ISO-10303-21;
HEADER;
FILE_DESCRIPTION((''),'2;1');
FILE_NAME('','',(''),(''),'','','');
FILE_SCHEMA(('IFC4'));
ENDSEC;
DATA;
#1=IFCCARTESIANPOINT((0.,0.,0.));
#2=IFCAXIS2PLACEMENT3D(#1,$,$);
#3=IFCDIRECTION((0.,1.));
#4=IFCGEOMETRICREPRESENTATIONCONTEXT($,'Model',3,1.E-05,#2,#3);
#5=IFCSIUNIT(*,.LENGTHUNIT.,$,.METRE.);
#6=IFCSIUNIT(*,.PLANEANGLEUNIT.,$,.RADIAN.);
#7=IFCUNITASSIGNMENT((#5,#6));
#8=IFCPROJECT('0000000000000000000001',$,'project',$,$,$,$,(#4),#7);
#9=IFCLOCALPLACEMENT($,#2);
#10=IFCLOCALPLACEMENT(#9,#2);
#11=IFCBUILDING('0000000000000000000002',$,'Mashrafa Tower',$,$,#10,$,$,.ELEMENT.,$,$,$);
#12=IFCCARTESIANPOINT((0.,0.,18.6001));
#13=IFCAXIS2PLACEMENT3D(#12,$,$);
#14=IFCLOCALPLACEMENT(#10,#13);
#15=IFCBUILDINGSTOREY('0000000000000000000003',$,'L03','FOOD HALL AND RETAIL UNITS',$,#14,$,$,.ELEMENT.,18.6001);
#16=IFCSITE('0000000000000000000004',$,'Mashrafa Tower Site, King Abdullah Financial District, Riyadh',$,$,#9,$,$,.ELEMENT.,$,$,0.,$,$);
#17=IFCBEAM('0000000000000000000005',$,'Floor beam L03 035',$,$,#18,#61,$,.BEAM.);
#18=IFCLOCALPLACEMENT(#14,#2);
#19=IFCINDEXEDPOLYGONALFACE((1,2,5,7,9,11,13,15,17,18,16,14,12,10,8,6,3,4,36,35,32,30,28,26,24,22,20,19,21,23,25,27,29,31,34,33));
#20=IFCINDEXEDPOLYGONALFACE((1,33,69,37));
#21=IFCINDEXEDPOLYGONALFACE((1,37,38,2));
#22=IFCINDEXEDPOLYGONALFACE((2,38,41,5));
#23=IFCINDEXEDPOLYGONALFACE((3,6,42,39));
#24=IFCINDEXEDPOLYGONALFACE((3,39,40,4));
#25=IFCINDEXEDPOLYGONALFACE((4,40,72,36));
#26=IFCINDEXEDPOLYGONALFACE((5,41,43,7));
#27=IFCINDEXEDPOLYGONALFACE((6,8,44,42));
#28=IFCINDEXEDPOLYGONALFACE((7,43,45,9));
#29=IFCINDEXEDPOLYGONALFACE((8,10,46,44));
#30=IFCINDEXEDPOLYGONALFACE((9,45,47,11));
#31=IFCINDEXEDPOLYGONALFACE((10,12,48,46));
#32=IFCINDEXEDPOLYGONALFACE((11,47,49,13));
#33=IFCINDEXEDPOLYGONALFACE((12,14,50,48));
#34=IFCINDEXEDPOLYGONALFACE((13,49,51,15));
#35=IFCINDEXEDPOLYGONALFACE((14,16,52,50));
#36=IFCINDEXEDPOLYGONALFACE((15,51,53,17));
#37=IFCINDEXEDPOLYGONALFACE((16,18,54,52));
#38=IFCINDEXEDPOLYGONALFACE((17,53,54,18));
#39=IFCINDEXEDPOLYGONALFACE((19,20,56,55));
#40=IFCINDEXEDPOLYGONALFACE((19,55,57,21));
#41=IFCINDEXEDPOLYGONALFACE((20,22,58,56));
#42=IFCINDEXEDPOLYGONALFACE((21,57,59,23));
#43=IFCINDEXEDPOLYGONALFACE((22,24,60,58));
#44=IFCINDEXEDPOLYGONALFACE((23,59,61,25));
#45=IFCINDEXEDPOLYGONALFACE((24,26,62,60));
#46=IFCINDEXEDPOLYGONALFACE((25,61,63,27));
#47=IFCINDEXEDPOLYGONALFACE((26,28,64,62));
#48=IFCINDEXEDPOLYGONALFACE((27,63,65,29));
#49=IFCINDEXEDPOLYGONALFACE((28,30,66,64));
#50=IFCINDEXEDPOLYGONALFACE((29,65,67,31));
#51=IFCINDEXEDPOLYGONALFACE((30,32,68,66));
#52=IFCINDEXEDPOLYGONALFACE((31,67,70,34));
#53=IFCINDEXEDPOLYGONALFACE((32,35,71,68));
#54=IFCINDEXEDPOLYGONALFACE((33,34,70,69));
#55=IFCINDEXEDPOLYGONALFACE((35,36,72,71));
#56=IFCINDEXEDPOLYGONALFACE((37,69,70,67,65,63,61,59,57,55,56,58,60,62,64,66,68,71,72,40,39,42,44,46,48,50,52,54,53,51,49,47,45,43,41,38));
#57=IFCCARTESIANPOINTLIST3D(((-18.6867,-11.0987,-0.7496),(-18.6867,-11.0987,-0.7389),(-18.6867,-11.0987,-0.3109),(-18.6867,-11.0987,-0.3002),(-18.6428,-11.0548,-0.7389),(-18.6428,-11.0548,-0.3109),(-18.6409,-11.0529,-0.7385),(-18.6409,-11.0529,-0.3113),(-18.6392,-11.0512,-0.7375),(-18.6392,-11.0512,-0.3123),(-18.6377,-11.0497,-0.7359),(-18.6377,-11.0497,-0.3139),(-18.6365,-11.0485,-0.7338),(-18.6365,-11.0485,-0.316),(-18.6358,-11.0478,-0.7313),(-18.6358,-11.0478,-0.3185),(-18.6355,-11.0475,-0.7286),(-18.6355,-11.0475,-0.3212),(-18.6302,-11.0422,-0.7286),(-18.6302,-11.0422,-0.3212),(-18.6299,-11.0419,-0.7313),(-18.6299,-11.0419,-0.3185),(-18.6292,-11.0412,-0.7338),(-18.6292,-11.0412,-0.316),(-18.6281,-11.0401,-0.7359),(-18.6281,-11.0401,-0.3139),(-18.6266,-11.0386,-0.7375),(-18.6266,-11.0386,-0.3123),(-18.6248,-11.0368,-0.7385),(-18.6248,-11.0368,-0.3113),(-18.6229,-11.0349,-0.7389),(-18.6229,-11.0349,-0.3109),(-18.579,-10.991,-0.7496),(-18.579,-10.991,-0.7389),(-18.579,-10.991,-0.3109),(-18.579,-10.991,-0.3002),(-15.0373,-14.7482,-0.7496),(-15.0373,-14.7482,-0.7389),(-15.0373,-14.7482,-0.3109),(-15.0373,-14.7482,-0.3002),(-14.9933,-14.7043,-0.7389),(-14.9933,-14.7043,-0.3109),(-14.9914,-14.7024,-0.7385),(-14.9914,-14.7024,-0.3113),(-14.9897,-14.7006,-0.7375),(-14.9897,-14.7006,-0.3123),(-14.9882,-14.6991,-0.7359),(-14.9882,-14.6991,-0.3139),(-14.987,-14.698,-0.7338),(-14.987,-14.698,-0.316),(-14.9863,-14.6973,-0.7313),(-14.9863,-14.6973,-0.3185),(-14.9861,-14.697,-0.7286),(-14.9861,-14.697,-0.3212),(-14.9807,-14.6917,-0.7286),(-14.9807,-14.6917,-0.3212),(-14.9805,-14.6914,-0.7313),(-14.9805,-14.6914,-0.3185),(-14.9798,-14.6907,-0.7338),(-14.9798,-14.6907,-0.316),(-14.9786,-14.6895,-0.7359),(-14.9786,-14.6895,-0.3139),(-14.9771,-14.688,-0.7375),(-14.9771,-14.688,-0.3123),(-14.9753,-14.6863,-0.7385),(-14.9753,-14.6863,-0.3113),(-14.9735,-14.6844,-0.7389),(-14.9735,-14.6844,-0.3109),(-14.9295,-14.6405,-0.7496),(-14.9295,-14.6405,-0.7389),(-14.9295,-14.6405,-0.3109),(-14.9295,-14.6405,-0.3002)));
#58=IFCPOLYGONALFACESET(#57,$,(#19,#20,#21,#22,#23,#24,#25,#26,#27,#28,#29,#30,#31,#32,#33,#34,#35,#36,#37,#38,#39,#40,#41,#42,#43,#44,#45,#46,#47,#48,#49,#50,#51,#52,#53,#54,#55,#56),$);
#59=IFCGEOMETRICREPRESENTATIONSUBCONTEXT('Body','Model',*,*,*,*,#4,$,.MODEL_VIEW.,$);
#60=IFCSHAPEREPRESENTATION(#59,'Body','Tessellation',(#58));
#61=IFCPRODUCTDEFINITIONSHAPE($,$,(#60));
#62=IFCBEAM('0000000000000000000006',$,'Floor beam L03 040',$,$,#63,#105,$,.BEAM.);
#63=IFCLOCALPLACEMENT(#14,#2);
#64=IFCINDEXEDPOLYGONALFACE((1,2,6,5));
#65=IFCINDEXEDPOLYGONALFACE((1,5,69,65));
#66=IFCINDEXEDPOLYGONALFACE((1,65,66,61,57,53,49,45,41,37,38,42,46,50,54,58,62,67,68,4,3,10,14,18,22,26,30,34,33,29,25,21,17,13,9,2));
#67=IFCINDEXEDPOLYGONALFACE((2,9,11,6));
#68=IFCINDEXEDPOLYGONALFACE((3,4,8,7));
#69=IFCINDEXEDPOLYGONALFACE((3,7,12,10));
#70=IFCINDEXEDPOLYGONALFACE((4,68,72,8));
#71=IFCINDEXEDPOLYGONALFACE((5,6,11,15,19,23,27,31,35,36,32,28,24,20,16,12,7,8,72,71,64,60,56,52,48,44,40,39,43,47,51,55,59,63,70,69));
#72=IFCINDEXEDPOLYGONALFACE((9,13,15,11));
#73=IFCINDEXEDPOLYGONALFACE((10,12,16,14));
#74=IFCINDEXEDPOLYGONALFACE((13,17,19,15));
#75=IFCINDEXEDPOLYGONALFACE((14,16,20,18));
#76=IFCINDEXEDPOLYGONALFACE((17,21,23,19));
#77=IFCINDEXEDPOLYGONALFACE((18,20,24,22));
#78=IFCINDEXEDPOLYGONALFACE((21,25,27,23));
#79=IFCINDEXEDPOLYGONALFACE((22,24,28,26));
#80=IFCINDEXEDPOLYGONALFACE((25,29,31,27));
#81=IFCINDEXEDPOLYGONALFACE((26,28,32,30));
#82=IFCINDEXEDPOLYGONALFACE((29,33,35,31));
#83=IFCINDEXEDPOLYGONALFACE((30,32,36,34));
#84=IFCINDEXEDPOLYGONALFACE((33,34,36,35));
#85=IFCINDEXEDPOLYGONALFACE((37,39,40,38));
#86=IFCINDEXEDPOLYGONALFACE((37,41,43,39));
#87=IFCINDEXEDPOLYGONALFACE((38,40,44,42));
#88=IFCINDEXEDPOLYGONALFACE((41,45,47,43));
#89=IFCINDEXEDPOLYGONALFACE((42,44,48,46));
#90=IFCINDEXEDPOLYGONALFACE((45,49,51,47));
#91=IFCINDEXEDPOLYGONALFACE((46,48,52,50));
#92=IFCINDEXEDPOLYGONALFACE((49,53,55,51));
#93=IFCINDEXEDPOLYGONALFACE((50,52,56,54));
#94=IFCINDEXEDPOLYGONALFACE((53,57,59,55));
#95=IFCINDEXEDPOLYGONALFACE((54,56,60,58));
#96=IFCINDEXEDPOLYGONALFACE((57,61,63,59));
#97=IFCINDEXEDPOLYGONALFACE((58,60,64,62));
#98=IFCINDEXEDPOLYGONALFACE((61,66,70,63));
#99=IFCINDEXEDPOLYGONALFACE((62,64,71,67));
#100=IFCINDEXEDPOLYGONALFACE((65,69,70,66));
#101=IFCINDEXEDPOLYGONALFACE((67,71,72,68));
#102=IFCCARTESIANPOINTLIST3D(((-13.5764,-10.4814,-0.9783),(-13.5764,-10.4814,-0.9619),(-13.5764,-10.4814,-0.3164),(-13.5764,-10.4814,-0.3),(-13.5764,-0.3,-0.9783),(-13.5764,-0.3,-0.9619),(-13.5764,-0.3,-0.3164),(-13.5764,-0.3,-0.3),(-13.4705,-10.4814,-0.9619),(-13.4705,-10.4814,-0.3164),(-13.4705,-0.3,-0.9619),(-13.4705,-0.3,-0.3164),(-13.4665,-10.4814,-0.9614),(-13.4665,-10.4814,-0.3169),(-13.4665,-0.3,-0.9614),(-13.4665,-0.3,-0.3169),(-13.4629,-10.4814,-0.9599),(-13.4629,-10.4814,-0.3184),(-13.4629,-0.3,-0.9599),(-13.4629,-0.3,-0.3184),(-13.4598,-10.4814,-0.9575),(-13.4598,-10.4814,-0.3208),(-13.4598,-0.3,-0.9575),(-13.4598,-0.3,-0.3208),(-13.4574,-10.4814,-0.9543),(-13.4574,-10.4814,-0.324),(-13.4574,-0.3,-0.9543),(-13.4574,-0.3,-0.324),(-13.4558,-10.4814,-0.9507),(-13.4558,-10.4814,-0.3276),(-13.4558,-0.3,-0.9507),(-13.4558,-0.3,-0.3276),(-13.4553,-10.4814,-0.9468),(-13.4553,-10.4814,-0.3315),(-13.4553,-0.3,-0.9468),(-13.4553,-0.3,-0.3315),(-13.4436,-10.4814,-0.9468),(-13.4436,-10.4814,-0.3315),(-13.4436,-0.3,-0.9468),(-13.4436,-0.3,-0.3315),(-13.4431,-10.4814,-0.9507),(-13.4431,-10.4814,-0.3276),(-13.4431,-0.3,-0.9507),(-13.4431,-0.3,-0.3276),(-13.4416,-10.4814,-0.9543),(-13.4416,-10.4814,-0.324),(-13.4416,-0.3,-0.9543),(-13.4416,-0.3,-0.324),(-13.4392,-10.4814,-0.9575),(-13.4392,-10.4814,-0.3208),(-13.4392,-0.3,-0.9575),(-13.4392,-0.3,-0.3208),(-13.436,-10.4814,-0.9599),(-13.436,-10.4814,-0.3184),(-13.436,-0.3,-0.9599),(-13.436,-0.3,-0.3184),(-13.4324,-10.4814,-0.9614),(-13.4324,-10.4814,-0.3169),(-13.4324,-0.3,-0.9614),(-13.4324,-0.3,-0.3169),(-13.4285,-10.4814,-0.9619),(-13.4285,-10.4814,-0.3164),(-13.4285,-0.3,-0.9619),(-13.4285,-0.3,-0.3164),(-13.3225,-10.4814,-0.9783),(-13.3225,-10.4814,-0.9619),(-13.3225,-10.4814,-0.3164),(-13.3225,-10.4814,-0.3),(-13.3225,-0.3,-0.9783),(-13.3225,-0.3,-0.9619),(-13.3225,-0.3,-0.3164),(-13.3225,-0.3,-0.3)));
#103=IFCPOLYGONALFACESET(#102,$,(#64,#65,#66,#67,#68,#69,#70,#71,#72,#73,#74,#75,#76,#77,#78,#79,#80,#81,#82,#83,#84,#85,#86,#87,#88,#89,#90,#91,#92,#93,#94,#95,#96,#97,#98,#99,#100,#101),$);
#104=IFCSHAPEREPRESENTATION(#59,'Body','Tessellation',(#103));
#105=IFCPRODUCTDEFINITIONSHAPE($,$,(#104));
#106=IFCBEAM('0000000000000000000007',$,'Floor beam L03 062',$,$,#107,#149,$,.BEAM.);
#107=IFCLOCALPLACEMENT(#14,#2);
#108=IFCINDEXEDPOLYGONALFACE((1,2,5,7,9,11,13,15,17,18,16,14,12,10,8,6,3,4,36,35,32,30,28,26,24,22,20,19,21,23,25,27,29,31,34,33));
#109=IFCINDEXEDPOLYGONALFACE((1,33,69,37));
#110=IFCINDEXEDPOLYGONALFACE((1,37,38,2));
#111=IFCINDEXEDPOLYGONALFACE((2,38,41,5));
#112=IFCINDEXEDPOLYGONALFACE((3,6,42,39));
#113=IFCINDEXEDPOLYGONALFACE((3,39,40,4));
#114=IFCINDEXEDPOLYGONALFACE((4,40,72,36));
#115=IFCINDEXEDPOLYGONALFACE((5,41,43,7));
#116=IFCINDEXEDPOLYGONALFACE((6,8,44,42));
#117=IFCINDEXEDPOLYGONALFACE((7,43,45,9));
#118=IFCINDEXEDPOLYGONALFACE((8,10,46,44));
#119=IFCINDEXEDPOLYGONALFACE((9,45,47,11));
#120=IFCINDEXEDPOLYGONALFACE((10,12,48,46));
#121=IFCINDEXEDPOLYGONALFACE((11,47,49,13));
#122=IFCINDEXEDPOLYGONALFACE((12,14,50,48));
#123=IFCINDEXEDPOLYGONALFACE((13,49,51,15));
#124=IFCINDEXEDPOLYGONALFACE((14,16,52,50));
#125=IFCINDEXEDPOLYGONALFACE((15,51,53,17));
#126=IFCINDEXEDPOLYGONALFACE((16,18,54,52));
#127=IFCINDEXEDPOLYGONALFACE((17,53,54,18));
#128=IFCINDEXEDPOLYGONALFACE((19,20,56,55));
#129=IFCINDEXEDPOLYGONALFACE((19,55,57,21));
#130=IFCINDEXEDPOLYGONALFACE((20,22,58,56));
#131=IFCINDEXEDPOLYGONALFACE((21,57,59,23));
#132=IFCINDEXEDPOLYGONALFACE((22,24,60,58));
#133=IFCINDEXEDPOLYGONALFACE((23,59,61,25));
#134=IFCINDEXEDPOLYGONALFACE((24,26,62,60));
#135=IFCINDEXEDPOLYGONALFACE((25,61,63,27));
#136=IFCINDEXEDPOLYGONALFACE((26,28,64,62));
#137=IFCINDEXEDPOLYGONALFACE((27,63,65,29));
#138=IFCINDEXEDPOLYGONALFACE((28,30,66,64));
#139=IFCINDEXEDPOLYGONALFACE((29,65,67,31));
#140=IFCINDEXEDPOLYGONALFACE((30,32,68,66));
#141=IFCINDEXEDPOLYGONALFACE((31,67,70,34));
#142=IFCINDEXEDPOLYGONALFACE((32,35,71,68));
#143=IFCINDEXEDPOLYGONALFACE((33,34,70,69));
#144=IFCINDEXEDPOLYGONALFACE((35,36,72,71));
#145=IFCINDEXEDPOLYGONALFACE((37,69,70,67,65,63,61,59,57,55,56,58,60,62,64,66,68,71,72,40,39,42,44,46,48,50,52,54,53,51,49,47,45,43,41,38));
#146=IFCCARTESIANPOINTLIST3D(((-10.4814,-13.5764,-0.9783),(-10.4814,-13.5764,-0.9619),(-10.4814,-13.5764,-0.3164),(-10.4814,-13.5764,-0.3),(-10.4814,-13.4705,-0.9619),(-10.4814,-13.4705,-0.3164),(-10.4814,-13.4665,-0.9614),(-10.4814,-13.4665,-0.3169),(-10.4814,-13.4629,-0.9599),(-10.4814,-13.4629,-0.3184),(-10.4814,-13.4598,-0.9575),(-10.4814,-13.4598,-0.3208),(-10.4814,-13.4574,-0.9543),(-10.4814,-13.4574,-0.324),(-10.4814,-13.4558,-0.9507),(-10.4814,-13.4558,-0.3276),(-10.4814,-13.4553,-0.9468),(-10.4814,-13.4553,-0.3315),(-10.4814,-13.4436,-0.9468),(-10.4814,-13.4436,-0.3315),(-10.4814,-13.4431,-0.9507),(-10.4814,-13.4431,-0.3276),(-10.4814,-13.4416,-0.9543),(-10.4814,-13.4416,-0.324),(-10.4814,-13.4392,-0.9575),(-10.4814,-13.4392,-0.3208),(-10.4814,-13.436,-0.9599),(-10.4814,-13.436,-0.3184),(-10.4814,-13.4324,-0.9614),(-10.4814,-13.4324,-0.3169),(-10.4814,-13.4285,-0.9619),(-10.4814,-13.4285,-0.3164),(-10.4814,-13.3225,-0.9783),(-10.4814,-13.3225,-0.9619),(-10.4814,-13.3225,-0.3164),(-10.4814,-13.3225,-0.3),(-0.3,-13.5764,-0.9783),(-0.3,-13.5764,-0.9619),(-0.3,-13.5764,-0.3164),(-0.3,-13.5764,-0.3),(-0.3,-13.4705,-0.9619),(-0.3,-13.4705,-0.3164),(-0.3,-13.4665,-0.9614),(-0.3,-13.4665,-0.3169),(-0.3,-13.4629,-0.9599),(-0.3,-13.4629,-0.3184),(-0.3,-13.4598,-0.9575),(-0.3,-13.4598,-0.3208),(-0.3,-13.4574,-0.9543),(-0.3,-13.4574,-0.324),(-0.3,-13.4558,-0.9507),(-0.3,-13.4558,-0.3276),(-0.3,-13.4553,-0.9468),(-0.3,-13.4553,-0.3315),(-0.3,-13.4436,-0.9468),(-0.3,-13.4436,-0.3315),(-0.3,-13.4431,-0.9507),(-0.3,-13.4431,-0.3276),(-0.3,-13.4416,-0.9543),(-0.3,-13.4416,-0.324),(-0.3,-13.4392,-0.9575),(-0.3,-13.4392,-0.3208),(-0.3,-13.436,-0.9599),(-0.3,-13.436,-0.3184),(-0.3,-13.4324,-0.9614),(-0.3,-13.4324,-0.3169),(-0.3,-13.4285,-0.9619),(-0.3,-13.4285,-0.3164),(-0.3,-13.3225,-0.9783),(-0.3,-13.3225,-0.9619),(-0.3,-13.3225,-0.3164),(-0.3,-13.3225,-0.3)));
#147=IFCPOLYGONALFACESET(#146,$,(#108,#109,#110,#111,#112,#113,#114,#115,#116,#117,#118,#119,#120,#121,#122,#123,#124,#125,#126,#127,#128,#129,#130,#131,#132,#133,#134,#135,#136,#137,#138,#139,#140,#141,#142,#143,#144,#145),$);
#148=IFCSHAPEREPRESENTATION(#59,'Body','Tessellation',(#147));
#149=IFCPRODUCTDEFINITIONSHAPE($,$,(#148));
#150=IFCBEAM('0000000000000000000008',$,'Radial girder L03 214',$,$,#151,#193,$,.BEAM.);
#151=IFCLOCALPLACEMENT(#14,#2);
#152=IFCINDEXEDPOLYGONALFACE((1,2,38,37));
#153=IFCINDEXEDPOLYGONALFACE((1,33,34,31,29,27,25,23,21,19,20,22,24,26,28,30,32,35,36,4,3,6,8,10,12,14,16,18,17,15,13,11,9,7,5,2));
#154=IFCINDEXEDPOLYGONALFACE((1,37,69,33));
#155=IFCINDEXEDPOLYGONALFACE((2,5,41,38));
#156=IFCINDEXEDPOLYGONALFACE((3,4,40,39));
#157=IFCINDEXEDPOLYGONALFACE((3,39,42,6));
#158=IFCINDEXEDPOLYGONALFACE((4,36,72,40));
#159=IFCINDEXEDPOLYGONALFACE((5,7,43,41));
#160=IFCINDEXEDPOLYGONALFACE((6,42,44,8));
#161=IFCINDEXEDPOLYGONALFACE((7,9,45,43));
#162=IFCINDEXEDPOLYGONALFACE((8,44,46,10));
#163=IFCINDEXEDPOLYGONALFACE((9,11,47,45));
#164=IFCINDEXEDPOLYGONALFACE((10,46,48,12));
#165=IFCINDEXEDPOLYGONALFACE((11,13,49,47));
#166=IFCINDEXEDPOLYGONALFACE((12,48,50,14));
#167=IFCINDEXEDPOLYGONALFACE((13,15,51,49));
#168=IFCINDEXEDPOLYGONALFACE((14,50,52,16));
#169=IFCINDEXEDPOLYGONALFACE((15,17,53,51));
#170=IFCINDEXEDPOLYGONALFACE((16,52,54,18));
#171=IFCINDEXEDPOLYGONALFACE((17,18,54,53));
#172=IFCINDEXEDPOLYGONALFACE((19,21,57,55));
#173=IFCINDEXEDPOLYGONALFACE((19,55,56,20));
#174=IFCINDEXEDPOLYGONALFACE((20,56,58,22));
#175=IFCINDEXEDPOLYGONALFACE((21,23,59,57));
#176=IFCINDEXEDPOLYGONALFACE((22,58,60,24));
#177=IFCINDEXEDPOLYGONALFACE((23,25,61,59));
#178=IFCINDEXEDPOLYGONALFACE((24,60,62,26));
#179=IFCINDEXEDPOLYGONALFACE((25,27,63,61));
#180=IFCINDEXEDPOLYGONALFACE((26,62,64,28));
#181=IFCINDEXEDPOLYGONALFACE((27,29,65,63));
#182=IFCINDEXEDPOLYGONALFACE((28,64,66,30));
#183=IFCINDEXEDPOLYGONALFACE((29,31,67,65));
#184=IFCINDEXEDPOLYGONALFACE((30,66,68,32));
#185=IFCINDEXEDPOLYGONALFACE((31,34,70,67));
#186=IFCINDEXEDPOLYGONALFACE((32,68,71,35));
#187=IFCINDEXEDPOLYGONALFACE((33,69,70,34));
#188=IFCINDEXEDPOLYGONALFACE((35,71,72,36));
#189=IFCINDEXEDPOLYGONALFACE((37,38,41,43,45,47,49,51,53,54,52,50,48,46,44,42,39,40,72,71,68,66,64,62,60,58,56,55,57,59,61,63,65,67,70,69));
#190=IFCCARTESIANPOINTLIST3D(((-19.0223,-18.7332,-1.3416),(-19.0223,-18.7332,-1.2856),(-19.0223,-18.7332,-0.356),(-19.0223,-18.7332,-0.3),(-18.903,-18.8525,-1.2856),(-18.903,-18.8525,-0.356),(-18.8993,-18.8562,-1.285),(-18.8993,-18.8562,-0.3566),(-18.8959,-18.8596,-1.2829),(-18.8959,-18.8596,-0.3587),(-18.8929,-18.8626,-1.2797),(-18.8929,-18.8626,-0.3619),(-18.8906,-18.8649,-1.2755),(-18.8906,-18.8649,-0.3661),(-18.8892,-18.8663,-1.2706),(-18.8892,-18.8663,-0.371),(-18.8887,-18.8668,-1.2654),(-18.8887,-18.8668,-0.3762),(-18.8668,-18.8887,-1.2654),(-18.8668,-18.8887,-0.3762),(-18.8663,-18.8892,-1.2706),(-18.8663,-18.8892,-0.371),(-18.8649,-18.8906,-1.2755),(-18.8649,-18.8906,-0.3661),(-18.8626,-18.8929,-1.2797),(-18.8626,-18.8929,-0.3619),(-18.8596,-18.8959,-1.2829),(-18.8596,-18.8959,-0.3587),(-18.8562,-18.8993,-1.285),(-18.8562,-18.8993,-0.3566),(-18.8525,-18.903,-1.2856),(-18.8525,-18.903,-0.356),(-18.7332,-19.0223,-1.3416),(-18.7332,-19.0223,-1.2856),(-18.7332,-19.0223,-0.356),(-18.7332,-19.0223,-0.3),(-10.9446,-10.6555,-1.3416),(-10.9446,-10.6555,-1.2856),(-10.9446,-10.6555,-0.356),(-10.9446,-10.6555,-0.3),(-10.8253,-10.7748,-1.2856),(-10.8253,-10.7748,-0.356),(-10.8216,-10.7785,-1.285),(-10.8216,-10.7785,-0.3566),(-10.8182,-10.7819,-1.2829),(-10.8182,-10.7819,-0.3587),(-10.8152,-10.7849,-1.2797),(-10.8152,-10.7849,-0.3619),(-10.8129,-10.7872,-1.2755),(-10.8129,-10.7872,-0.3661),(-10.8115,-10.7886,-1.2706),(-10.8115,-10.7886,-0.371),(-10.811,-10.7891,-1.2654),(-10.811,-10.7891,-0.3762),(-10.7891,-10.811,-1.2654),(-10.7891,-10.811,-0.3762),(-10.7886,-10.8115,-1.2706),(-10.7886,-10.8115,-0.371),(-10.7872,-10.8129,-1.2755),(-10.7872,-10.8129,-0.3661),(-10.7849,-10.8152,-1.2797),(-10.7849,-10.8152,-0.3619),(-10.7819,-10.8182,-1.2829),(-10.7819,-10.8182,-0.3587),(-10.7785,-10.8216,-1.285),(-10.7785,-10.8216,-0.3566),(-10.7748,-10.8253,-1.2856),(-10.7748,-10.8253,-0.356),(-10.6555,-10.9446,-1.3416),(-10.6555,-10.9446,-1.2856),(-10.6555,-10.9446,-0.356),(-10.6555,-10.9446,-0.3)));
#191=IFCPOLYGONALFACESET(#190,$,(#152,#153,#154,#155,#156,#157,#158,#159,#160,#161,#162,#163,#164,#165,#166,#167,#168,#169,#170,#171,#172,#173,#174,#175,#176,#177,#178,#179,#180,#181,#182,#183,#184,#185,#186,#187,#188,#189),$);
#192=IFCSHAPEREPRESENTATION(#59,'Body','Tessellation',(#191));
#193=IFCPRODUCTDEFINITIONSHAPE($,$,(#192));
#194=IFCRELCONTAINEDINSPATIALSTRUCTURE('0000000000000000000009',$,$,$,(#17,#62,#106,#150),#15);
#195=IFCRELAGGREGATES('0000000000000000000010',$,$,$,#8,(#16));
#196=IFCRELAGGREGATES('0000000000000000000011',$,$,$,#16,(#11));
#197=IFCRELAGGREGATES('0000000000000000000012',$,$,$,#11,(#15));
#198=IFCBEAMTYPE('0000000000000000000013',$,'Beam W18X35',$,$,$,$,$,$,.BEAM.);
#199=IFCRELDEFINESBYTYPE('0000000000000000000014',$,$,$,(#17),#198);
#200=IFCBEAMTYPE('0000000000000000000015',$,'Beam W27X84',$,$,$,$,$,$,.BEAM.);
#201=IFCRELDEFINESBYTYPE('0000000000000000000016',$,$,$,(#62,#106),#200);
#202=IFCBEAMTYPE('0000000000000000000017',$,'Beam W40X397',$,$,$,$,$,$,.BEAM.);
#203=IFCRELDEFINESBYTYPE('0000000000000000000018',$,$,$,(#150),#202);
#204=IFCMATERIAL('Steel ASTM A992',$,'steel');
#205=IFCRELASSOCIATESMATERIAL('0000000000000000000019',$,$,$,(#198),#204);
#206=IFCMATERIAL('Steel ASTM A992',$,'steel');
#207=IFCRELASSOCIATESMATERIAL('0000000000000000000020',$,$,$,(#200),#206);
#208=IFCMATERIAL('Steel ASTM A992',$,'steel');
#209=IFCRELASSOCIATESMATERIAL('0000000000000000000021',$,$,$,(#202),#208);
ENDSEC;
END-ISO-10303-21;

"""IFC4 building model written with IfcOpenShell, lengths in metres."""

from ifc_helpers import new_model, si_unit, direction, frame, origin, origin_2d, place, context, subcontext, project, spatial, i_section, extrude, material, material_profile, profile_set, type_object, element, save


model = new_model("IFC4")

# Units and contexts
model_context = context("Model", 3, precision=1e-05, world=origin(), true_north=direction((0.0, 1.0)))
body_context = subcontext(model_context, "Body", "Model", "MODEL_VIEW")
ifc_project = project(units=[si_unit("LENGTHUNIT", "METRE"), si_unit("PLANEANGLEUNIT", "RADIAN")], contexts=[model_context])

# Site, building, storey
site_placement = place(None, origin())
site = spatial("IfcSite", under=ifc_project, at=site_placement, Name="Mashrafa Tower Site, King Abdullah Financial District, Riyadh", CompositionType="ELEMENT", RefElevation=0.0)
building_placement = place(site_placement, origin())
building = spatial("IfcBuilding", under=site, at=building_placement, Name="Mashrafa Tower", CompositionType="ELEMENT")
storey_placement = place(building_placement, frame((0.0, 0.0, 18.6001)))
storey = spatial("IfcBuildingStorey", under=building, at=storey_placement, Name="L03", Description="FOOD HALL AND RETAIL UNITS", CompositionType="ELEMENT", Elevation=18.6001)

# Beams
ifc_material_1 = material(Name="Steel ASTM A992", Category="steel")
ifc_material_profile_1 = material_profile(ifc_material_1, i_section(OverallWidth=0.1523, OverallDepth=0.4495, WebThickness=0.0076, FlangeThickness=0.0107, FilletRadius=0.0103, at=origin_2d()), Name="W18X35")
ifc_profile_set_1 = profile_set([ifc_material_profile_1], Name="Steel ASTM A992")
beam_type_1 = type_object("IfcBeamType", Name="Beam W18X35", PredefinedType="BEAM", material=ifc_profile_set_1)
beam_1_placement = place(storey_placement, frame((-14.9834, -14.6943, -0.5249), z_axis=(-0.707107, 0.707107, 0.0), x_axis=(-0.707107, -0.707107, 0.0)))
element("IfcBeam", 1, at=beam_1_placement, inside=storey, type_object=beam_type_1, Name="Floor beam L03 035", PredefinedType="BEAM", context=body_context, shape_type="SweptSolid", body=[
    extrude(i_section(OverallWidth=0.1523, OverallDepth=0.4495, WebThickness=0.0076, FlangeThickness=0.0107, FilletRadius=0.0103, at=origin_2d()), origin(), (0.0, 0.0, 1.0), 5.1611),
])
ifc_material_2 = material(Name="Steel ASTM A992", Category="steel")
ifc_material_profile_2 = material_profile(ifc_material_2, i_section(OverallWidth=0.2539, OverallDepth=0.6782, WebThickness=0.0117, FlangeThickness=0.0164, FilletRadius=0.0151, at=origin_2d()), Name="W27X84")
ifc_profile_set_2 = profile_set([ifc_material_profile_2], Name="Steel ASTM A992")
beam_type_2 = type_object("IfcBeamType", Name="Beam W27X84", PredefinedType="BEAM", material=ifc_profile_set_2)
for number, where, z_axis, x_axis, name in (
    (2, (-13.4495, -10.4814, -0.6392), (0.0, 1.0, 0.0), (-1.0, 0.0, 0.0), "Floor beam L03 040"),
    (3, (-0.3, -13.4495, -0.6392), (-1.0, 0.0, 0.0), (0.0, -1.0, 0.0), "Floor beam L03 062"),
):
    element("IfcBeam", number, at=place(storey_placement, frame(where, z_axis=z_axis, x_axis=x_axis)), inside=storey, type_object=beam_type_2, Name=name, PredefinedType="BEAM", context=body_context, shape_type="SweptSolid", body=[
        extrude(i_section(OverallWidth=0.2539, OverallDepth=0.6782, WebThickness=0.0117, FlangeThickness=0.0164, FilletRadius=0.0151, at=origin_2d()), origin(), (0.0, 0.0, 1.0), 10.1814),
    ])
ifc_material_3 = material(Name="Steel ASTM A992", Category="steel")
ifc_material_profile_3 = material_profile(ifc_material_3, i_section(OverallWidth=0.4089, OverallDepth=1.0415, WebThickness=0.031, FlangeThickness=0.0559, FilletRadius=0.0203, at=origin_2d()), Name="W40X397")
ifc_profile_set_3 = profile_set([ifc_material_profile_3], Name="Steel ASTM A992")
beam_type_3 = type_object("IfcBeamType", Name="Beam W40X397", PredefinedType="BEAM", material=ifc_profile_set_3)
beam_2_placement = place(storey_placement, frame((-10.8, -10.8, -0.8208), z_axis=(-0.707107, -0.707107, 0.0), x_axis=(0.707107, -0.707107, 0.0)))
element("IfcBeam", 4, at=beam_2_placement, inside=storey, type_object=beam_type_3, Name="Radial girder L03 214", PredefinedType="BEAM", context=body_context, shape_type="SweptSolid", body=[
    extrude(i_section(OverallWidth=0.4089, OverallDepth=1.0415, WebThickness=0.031, FlangeThickness=0.0559, FilletRadius=0.0203, at=origin_2d()), origin(), (0.0, 0.0, 1.0), 11.4236),
])

save(model, "model.ifc")
